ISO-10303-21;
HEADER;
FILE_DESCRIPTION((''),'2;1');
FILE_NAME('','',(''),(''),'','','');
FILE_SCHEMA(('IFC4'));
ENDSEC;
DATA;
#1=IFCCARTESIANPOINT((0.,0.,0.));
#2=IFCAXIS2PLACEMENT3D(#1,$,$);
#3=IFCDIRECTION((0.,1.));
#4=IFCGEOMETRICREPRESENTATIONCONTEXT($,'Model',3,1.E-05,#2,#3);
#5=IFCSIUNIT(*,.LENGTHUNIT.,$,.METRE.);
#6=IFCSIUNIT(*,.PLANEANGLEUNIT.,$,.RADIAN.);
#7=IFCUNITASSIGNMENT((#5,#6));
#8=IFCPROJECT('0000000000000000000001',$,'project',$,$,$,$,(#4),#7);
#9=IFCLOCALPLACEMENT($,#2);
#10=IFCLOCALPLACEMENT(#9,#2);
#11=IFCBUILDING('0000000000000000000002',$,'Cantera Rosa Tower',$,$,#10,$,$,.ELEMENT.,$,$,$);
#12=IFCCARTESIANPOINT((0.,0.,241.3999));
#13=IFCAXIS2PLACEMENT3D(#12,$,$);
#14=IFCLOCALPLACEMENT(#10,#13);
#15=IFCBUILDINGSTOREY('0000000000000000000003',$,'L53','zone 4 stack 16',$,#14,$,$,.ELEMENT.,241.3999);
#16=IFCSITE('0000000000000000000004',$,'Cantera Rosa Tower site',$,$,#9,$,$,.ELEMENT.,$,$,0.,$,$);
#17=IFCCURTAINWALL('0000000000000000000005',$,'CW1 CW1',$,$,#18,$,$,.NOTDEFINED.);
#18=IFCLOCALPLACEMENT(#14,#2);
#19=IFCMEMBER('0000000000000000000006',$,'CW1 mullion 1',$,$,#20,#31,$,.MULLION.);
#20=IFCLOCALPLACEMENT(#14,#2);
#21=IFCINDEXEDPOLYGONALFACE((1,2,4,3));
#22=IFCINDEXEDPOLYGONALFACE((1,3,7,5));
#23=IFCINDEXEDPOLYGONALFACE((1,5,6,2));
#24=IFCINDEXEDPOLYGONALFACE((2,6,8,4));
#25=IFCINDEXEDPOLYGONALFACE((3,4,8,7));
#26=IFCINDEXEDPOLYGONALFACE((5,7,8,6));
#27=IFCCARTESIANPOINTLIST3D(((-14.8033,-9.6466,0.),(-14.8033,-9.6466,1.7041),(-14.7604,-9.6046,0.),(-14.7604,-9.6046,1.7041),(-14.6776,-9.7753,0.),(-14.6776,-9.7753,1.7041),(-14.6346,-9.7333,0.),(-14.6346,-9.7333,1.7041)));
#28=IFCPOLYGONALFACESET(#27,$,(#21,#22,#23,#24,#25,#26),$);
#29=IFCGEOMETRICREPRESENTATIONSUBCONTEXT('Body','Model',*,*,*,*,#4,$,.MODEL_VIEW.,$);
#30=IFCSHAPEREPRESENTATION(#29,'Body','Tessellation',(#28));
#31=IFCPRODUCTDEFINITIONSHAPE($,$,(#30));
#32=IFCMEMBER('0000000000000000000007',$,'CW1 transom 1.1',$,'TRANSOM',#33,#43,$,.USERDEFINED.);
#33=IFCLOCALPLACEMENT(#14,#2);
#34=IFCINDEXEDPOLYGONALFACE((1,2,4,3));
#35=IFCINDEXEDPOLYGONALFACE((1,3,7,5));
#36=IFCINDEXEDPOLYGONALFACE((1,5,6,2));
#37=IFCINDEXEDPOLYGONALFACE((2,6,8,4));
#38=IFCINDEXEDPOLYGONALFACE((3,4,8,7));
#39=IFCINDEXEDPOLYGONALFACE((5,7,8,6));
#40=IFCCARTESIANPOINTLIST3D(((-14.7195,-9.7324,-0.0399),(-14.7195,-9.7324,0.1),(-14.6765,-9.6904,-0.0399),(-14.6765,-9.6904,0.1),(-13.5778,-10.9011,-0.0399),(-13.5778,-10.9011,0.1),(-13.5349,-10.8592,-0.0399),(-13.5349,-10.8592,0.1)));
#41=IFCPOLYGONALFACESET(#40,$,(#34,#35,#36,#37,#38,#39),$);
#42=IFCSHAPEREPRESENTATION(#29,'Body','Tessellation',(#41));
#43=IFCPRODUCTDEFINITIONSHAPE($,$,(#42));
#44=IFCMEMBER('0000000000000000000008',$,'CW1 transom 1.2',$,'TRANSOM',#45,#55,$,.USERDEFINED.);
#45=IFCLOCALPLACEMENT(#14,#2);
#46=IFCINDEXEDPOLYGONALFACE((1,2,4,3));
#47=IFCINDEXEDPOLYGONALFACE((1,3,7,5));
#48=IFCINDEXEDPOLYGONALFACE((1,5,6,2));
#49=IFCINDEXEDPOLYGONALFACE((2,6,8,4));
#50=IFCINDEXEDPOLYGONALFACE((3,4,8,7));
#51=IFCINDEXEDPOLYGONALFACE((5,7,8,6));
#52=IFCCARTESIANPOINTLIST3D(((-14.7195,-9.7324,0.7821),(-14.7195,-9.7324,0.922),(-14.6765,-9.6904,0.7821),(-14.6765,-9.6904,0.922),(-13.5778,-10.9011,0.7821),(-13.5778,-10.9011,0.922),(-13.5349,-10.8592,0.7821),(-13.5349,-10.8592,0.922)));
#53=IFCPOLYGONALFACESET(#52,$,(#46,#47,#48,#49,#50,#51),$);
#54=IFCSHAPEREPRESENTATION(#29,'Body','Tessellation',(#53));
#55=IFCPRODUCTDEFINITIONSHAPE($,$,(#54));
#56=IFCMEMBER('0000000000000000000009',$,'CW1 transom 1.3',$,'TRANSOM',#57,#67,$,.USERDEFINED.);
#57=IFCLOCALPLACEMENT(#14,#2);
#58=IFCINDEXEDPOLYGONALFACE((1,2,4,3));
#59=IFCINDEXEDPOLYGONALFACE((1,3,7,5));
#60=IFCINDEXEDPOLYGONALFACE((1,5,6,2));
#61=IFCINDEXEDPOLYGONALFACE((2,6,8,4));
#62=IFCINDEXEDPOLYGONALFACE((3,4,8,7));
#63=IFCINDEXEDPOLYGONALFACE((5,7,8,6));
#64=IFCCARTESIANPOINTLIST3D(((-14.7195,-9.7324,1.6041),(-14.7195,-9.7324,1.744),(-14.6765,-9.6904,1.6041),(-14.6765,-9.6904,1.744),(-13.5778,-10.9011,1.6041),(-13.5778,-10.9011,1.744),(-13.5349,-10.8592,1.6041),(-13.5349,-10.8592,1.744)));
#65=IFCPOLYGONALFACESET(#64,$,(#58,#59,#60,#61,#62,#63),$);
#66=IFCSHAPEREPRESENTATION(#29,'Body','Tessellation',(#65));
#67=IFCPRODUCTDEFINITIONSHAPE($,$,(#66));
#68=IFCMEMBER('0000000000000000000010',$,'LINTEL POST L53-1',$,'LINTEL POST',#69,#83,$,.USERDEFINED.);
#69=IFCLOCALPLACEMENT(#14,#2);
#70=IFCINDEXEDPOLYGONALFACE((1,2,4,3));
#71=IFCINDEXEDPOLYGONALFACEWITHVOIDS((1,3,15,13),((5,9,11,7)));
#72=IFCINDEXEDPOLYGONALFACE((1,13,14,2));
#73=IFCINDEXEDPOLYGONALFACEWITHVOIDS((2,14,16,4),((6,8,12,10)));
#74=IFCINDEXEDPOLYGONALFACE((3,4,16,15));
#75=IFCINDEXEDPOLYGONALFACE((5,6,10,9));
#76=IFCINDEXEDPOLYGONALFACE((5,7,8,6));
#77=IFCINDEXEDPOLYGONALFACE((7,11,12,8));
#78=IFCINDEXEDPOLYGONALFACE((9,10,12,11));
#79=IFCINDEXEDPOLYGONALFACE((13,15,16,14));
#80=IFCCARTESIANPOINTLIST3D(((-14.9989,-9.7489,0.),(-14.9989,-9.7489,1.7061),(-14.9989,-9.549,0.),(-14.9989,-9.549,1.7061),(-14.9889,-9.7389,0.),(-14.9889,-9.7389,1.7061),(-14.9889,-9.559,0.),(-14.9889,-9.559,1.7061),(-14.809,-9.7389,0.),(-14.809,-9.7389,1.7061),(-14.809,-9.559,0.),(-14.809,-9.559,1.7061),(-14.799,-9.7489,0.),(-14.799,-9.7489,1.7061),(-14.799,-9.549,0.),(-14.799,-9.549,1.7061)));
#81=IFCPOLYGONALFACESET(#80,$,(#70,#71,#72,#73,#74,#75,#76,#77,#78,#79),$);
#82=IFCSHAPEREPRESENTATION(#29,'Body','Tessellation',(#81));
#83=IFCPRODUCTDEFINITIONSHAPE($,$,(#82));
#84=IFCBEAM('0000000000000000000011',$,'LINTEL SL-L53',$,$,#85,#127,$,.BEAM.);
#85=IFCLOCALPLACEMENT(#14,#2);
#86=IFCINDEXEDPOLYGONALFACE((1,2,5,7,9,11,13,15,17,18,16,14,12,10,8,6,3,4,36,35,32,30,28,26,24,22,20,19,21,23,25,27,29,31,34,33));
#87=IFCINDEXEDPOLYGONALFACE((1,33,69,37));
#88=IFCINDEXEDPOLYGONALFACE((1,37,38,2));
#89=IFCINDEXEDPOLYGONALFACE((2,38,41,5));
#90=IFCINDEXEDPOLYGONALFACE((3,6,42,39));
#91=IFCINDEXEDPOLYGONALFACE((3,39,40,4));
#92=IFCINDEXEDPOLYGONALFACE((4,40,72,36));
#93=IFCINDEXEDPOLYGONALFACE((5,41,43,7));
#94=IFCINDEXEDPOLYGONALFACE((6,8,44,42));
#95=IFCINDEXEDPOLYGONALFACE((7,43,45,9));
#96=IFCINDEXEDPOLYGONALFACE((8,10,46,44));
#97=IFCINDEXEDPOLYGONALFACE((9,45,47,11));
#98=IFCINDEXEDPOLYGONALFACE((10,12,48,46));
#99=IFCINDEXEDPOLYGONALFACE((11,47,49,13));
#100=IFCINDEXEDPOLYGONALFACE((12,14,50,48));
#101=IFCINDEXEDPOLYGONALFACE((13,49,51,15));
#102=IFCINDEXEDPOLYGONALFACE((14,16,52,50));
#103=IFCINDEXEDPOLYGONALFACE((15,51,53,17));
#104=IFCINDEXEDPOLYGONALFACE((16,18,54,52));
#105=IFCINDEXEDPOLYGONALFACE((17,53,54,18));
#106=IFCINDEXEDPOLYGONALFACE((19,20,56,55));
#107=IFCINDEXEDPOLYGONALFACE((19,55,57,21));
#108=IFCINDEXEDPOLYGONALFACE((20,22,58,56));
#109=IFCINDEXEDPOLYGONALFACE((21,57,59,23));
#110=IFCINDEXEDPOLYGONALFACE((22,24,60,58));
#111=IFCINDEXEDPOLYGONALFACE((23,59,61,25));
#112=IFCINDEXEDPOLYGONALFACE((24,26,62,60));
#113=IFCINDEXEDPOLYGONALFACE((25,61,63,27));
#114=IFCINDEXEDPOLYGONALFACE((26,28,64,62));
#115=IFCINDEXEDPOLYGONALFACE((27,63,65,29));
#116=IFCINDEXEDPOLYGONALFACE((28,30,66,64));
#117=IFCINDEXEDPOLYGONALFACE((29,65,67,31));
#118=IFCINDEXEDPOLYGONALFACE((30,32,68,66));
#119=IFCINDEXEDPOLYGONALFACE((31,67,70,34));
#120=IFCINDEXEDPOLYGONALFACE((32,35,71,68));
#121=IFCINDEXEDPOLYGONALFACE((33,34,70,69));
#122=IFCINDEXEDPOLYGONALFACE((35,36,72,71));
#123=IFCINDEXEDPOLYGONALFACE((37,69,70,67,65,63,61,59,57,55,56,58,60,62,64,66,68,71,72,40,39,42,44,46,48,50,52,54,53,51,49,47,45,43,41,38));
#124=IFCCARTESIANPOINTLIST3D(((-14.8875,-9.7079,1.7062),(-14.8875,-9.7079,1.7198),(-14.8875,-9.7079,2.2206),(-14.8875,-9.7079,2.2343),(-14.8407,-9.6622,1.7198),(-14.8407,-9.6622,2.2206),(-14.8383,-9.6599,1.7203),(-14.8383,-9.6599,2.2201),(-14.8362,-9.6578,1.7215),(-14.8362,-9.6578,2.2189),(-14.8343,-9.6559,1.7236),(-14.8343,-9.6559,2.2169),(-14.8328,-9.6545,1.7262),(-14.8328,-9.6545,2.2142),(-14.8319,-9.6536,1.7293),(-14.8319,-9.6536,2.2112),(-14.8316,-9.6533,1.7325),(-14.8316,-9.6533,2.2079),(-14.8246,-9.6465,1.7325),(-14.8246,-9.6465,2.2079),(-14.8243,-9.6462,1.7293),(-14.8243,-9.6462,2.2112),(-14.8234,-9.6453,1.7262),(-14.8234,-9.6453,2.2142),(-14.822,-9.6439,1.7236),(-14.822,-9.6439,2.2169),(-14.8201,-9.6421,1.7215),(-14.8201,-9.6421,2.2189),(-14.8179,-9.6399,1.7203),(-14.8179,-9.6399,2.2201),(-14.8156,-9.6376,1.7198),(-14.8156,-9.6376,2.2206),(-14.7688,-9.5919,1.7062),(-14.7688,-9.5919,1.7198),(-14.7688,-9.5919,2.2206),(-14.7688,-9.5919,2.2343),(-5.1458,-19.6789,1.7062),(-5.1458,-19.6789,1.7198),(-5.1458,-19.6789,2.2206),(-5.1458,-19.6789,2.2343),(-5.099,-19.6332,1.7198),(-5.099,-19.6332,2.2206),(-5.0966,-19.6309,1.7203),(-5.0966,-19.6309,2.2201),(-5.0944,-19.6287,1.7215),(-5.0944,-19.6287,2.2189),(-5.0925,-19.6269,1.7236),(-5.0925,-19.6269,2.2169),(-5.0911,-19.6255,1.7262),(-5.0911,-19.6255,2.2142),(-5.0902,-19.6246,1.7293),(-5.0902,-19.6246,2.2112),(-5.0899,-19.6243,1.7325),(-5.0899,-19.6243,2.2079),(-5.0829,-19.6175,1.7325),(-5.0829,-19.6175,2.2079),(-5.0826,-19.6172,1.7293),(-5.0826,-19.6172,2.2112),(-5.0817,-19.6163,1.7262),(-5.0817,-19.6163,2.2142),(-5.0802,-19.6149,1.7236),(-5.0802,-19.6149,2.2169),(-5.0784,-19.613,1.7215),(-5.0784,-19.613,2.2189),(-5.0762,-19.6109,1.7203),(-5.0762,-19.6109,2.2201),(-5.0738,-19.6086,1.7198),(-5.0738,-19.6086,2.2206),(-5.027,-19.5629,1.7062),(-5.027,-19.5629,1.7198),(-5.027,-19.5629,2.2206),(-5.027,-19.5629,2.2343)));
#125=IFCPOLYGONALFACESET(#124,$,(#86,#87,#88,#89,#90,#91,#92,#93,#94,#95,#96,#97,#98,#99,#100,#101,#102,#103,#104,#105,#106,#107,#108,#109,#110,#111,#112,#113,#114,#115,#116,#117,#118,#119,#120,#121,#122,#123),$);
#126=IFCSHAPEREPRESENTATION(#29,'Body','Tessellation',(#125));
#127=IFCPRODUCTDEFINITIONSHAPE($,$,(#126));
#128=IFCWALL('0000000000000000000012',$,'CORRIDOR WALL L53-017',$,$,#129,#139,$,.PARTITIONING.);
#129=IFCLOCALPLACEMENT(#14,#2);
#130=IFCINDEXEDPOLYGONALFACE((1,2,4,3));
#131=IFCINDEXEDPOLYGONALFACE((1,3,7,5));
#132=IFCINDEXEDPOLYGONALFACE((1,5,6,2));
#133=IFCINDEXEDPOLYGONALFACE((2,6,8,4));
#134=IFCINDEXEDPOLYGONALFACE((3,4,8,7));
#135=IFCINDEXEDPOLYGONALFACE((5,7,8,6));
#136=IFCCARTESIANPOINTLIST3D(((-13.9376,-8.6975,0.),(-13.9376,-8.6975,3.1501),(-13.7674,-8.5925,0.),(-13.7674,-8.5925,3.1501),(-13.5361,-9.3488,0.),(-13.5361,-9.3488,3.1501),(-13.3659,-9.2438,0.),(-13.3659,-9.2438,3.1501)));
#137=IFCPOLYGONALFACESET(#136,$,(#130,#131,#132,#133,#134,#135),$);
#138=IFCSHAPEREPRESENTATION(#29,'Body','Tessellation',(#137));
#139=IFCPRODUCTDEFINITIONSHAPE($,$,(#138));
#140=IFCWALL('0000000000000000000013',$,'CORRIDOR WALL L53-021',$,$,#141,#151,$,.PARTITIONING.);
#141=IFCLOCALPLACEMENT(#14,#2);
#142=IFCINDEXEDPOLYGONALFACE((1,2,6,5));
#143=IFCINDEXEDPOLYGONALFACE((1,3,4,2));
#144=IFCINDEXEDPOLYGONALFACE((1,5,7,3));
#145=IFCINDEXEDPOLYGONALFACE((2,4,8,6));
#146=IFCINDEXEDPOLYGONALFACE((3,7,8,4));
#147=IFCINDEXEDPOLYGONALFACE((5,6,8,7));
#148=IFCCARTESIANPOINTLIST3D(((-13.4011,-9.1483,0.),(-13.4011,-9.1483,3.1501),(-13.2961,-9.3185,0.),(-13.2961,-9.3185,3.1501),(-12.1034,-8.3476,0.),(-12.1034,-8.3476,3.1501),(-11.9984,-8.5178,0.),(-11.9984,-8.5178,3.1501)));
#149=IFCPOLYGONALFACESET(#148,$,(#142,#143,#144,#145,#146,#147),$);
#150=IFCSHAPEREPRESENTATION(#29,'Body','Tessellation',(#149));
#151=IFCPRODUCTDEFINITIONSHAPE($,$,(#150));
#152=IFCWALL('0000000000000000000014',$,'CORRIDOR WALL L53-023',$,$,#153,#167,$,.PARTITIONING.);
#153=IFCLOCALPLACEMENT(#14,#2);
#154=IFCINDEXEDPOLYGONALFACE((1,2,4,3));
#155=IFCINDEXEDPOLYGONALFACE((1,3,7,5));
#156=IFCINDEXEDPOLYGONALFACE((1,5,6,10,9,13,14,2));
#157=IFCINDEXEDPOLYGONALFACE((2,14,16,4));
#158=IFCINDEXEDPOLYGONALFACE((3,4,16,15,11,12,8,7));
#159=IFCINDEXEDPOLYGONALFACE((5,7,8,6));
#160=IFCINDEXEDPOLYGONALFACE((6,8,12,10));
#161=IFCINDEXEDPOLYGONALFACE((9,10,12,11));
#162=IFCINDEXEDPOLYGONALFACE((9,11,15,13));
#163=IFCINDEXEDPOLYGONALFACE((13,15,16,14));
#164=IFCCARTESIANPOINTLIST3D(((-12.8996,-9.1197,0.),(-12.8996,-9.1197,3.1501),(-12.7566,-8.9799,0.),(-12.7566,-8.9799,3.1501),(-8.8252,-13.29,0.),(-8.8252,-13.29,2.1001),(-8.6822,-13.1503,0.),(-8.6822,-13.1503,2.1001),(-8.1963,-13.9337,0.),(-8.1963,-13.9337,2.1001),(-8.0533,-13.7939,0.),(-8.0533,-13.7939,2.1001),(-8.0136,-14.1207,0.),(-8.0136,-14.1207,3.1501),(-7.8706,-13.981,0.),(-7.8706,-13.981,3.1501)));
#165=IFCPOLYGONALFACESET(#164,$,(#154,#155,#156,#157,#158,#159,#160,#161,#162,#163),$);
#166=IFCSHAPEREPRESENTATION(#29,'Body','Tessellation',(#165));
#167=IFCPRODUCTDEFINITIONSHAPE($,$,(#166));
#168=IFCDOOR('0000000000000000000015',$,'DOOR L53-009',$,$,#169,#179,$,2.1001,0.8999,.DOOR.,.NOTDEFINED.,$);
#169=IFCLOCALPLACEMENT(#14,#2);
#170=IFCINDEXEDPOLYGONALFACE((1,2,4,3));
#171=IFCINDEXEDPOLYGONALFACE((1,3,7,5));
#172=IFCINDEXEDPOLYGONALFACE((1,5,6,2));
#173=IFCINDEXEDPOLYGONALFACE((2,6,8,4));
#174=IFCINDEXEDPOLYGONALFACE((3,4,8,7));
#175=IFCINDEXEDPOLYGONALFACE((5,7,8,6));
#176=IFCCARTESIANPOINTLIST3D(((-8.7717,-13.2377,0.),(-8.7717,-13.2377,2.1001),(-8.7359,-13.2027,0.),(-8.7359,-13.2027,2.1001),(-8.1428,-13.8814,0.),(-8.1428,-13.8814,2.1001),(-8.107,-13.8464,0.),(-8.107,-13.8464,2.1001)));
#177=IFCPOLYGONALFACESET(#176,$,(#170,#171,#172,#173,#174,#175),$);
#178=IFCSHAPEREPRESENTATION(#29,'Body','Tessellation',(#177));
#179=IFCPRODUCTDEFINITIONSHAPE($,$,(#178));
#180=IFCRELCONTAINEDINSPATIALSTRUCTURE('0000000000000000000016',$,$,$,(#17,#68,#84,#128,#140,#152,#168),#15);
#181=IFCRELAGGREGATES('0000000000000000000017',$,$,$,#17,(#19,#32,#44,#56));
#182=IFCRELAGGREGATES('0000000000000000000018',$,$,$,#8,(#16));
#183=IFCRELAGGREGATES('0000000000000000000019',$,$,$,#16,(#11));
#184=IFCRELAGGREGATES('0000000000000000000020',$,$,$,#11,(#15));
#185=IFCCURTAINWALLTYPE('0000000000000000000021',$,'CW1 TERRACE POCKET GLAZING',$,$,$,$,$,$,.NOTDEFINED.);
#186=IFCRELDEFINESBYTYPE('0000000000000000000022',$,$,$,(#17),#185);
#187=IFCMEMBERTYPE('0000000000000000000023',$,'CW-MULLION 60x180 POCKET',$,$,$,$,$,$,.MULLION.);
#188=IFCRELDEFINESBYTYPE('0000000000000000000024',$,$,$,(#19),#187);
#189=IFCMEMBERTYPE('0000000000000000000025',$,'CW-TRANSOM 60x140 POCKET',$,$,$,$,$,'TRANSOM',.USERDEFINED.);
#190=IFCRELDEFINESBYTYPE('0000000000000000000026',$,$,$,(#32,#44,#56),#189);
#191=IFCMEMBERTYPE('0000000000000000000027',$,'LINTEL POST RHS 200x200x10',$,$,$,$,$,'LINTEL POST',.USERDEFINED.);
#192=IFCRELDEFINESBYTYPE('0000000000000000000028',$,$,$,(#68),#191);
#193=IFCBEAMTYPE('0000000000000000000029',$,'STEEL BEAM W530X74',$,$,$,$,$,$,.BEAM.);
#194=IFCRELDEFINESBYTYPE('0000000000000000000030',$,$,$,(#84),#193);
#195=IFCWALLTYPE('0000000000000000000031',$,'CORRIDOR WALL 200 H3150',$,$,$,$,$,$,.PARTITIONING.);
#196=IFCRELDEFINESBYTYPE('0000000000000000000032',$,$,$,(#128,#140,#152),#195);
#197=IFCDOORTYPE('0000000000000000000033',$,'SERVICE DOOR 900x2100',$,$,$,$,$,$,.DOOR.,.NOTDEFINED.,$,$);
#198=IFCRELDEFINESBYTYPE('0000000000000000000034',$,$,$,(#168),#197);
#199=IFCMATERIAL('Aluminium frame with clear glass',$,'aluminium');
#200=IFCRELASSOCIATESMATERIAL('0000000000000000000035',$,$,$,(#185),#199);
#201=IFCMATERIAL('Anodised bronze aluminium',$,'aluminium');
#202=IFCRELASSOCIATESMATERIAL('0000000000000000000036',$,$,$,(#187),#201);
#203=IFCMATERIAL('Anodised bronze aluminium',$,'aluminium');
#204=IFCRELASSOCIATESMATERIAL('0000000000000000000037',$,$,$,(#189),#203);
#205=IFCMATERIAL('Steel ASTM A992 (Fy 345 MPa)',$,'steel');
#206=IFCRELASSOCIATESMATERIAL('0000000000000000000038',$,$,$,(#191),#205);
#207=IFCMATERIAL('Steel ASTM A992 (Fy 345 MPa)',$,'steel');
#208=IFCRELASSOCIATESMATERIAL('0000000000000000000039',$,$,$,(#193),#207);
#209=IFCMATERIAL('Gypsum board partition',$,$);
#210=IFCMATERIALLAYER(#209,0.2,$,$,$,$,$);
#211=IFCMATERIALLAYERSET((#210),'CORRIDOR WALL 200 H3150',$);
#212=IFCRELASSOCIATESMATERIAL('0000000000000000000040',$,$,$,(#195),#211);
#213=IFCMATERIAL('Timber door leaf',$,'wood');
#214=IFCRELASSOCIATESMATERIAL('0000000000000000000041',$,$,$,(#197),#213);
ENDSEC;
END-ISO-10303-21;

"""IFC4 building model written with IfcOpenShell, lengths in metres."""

from ifc_helpers import new_model, si_unit, direction, frame, frame_2d, origin, origin_2d, place, context, subcontext, project, spatial, rectangle, hollow_rectangle, i_section, extrude, material, layer, layer_set, material_profile, profile_set, type_object, element, fill, aggregate, save


model = new_model("IFC4")

# Units and contexts
model_context = context("Model", 3, precision=1e-05, world=origin(), true_north=direction((0.0, 1.0)))
body_context = subcontext(model_context, "Body", "Model", "MODEL_VIEW")
ifc_project = project(units=[si_unit("LENGTHUNIT", "METRE"), si_unit("PLANEANGLEUNIT", "RADIAN")], contexts=[model_context])

# Site, building, storey
site_placement = place(None, origin())
site = spatial("IfcSite", under=ifc_project, at=site_placement, Name="Cantera Rosa Tower site", CompositionType="ELEMENT", RefElevation=0.0)
building_placement = place(site_placement, origin())
building = spatial("IfcBuilding", under=site, at=building_placement, Name="Cantera Rosa Tower", CompositionType="ELEMENT")
storey_placement = place(building_placement, frame((0.0, 0.0, 241.3999)))
storey = spatial("IfcBuildingStorey", under=building, at=storey_placement, Name="L53", Description="zone 4 stack 16", CompositionType="ELEMENT", Elevation=241.3999)

# Curtain wall, members
ifc_material_1 = material(Name="Aluminium frame with clear glass", Category="aluminium")
curtain_wall_type = type_object("IfcCurtainWallType", Name="CW1 TERRACE POCKET GLAZING", PredefinedType="NOTDEFINED", material=ifc_material_1)
curtain_wall_placement = place(storey_placement, origin())
curtain_wall = element("IfcCurtainWall", 1, at=curtain_wall_placement, inside=storey, type_object=curtain_wall_type, Name="CW1 CW1", PredefinedType="NOTDEFINED")
ifc_material_2 = material(Name="Anodised bronze aluminium", Category="aluminium")
ifc_material_profile_1 = material_profile(ifc_material_2, rectangle(XDim=0.0601, YDim=0.1799, at=origin_2d()), Name="CW-MULLION 60x180 POCKET")
ifc_profile_set_1 = profile_set([ifc_material_profile_1], Name="Anodised bronze aluminium")
member_type_1 = type_object("IfcMemberType", Name="CW-MULLION 60x180 POCKET", PredefinedType="MULLION", material=ifc_profile_set_1)
member_1_placement = place(storey_placement, frame((-14.719, -9.6899, 0.0), z_axis=(0.0, 0.0, 1.0), x_axis=(0.715286, 0.698832, 0.0)))
member_1 = element("IfcMember", 2, at=member_1_placement, type_object=member_type_1, Name="CW1 mullion 1", PredefinedType="MULLION", context=body_context, shape_type="SweptSolid", body=[
    extrude(rectangle(XDim=0.0601, YDim=0.1799, at=origin_2d()), origin(), (0.0, 0.0, 1.0), 1.7041),
])
ifc_material_3 = material(Name="Anodised bronze aluminium", Category="aluminium")
ifc_material_profile_2 = material_profile(ifc_material_3, rectangle(XDim=0.0601, YDim=0.1399, at=origin_2d()), Name="CW-TRANSOM 60x140 POCKET")
ifc_profile_set_2 = profile_set([ifc_material_profile_2], Name="Anodised bronze aluminium")
member_type_2 = type_object("IfcMemberType", Name="CW-TRANSOM 60x140 POCKET", ElementType="TRANSOM", PredefinedType="USERDEFINED", material=ifc_profile_set_2)
member_2_placement = place(storey_placement, frame((-14.698, -9.7114, 0.03), z_axis=(0.698764, -0.715352, 0.0), x_axis=(0.715352, 0.698764, 0.0)))
member_2 = element("IfcMember", 3, at=member_2_placement, type_object=member_type_2, Name="CW1 transom 1.1", ObjectType="TRANSOM", PredefinedType="USERDEFINED", context=body_context, shape_type="SweptSolid", body=[
    extrude(rectangle(XDim=0.0601, YDim=0.1399, at=origin_2d()), origin(), (0.0, 0.0, 1.0), 1.6338),
])
member_3_placement = place(storey_placement, frame((-14.698, -9.7114, 0.8521), z_axis=(0.698764, -0.715352, 0.0), x_axis=(0.715352, 0.698764, 0.0)))
member_3 = element("IfcMember", 4, at=member_3_placement, type_object=member_type_2, Name="CW1 transom 1.2", ObjectType="TRANSOM", PredefinedType="USERDEFINED", context=body_context, shape_type="SweptSolid", body=[
    extrude(rectangle(XDim=0.0601, YDim=0.1399, at=origin_2d()), origin(), (0.0, 0.0, 1.0), 1.6338),
])
member_4_placement = place(storey_placement, frame((-14.698, -9.7114, 1.6741), z_axis=(0.698764, -0.715352, 0.0), x_axis=(0.715352, 0.698764, 0.0)))
member_4 = element("IfcMember", 5, at=member_4_placement, type_object=member_type_2, Name="CW1 transom 1.3", ObjectType="TRANSOM", PredefinedType="USERDEFINED", context=body_context, shape_type="SweptSolid", body=[
    extrude(rectangle(XDim=0.0601, YDim=0.1399, at=origin_2d()), origin(), (0.0, 0.0, 1.0), 1.6338),
])
aggregate(curtain_wall, [member_1, member_2, member_3, member_4])

# Member
ifc_material_4 = material(Name="Steel ASTM A992 (Fy 345 MPa)", Category="steel")
ifc_material_profile_3 = material_profile(ifc_material_4, hollow_rectangle(XDim=0.2, YDim=0.2, WallThickness=0.01, at=origin_2d()), Name="LINTEL POST RHS 200x200x10")
ifc_profile_set_3 = profile_set([ifc_material_profile_3], Name="Steel ASTM A992 (Fy 345 MPa)")
member_type_3 = type_object("IfcMemberType", Name="LINTEL POST RHS 200x200x10", ElementType="LINTEL POST", PredefinedType="USERDEFINED", material=ifc_profile_set_3)
member_5_placement = place(storey_placement, frame((-14.8989, -9.6489, 0.0), z_axis=(0.0, 0.0, 1.0), x_axis=(1.0, 0.0, 0.0)))
element("IfcMember", 6, at=member_5_placement, inside=storey, type_object=member_type_3, Name="LINTEL POST L53-1", ObjectType="LINTEL POST", PredefinedType="USERDEFINED", context=body_context, shape_type="SweptSolid", body=[
    extrude(hollow_rectangle(XDim=0.2, YDim=0.2, WallThickness=0.01, at=origin_2d()), origin(), (0.0, 0.0, 1.0), 1.7061),
])

# Beam
ifc_material_5 = material(Name="Steel ASTM A992 (Fy 345 MPa)", Category="steel")
ifc_material_profile_4 = material_profile(ifc_material_5, i_section(OverallWidth=0.166, OverallDepth=0.5281, WebThickness=0.0098, FlangeThickness=0.0137, FilletRadius=0.0127, at=origin_2d()), Name="W530X74")
ifc_profile_set_4 = profile_set([ifc_material_profile_4], Name="Steel ASTM A992 (Fy 345 MPa)")
beam_type = type_object("IfcBeamType", Name="STEEL BEAM W530X74", PredefinedType="BEAM", material=ifc_profile_set_4)
beam_placement = place(storey_placement, frame((-14.8281, -9.6499, 1.9702), z_axis=(0.698836, -0.715282, 0.0), x_axis=(0.715282, 0.698836, 0.0)))
element("IfcBeam", 7, at=beam_placement, inside=storey, type_object=beam_type, Name="LINTEL SL-L53", PredefinedType="BEAM", context=body_context, shape_type="SweptSolid", body=[
    extrude(i_section(OverallWidth=0.166, OverallDepth=0.5281, WebThickness=0.0098, FlangeThickness=0.0137, FilletRadius=0.0127, at=origin_2d()), origin(), (0.0, 0.0, 1.0), 13.9399),
])

# Walls
ifc_material_6 = material(Name="Gypsum board partition")
ifc_layer_1 = layer(ifc_material_6, 0.2)
ifc_layer_set_1 = layer_set([ifc_layer_1], Name="CORRIDOR WALL 200 H3150")
wall_type_1 = type_object("IfcWallType", Name="CORRIDOR WALL 200 H3150", PredefinedType="PARTITIONING", material=ifc_layer_set_1)
wall_1_placement = place(storey_placement, frame((-13.8525, -8.645, 0.0), z_axis=(0.0, 0.0, 1.0), x_axis=(0.524827, -0.851209, 0.0)))
element("IfcWall", 8, at=wall_1_placement, inside=storey, type_object=wall_type_1, Name="CORRIDOR WALL L53-017", PredefinedType="PARTITIONING", context=body_context, shape_type="SweptSolid", body=[
    extrude(rectangle(XDim=0.7651, YDim=0.2, at=frame_2d((0.3826, 0.0))), origin(), (0.0, 0.0, 1.0), 3.1501),
])
wall_2_placement = place(storey_placement, frame((-13.3486, -9.2334, 0.0), z_axis=(0.0, 0.0, 1.0), x_axis=(0.851042, 0.525097, 0.0)))
element("IfcWall", 9, at=wall_2_placement, inside=storey, type_object=wall_type_1, Name="CORRIDOR WALL L53-021", PredefinedType="PARTITIONING", context=body_context, shape_type="SweptSolid", body=[
    extrude(rectangle(XDim=1.5249, YDim=0.2, at=frame_2d((0.7625, 0.0))), origin(), (0.0, 0.0, 1.0), 3.1501),
])

# Wall, opening, door
wall_3_placement = place(storey_placement, frame((-12.8281, -9.0498, 0.0), z_axis=(0.0, 0.0, 1.0), x_axis=(0.698836, -0.715282, 0.0)))
wall_3 = element("IfcWall", 10, at=wall_3_placement, inside=storey, type_object=wall_type_1, Name="CORRIDOR WALL L53-023", PredefinedType="PARTITIONING", context=body_context, shape_type="SweptSolid", body=[
    extrude(rectangle(XDim=6.9917, YDim=0.2, at=frame_2d((3.4958, 0.0))), origin(), (0.0, 0.0, 1.0), 3.1501),
])
opening_1_placement = place(wall_3_placement, frame((5.8303, 0.0, 0.0)))
opening_1 = element("IfcOpeningElement", 11, at=opening_1_placement, cuts=wall_3, PredefinedType="OPENING", context=body_context, shape_type="SweptSolid", body=[
    extrude(rectangle(XDim=0.8999, YDim=2.1001, at=frame_2d((0.45, 1.05))), frame((0.0, 0.1099, 0.0), z_axis=(0.0, -1.0, 0.0), x_axis=(1.0, 0.0, 0.0)), (0.0, 0.0, 1.0), 0.22),
])
ifc_material_7 = material(Name="Timber door leaf", Category="wood")
door_type_1 = type_object("IfcDoorType", Name="SERVICE DOOR 900x2100", OperationType="NOTDEFINED", PredefinedType="DOOR", material=ifc_material_7)
door_1_placement = place(opening_1_placement, origin())
door_1 = element("IfcDoor", 12, at=door_1_placement, inside=storey, type_object=door_type_1, Name="DOOR L53-009", OperationType="NOTDEFINED", OverallHeight=2.1001, OverallWidth=0.8999, PredefinedType="DOOR", context=body_context, shape_type="SweptSolid", body=[
    extrude(rectangle(XDim=0.8999, YDim=2.1001, at=frame_2d((0.45, 1.05))), frame((0.0, 0.0249, 0.0), z_axis=(0.0, -1.0, 0.0), x_axis=(1.0, 0.0, 0.0)), (0.0, 0.0, 1.0), 0.05),
])
fill(opening_1, door_1)

save(model, "model.ifc")
